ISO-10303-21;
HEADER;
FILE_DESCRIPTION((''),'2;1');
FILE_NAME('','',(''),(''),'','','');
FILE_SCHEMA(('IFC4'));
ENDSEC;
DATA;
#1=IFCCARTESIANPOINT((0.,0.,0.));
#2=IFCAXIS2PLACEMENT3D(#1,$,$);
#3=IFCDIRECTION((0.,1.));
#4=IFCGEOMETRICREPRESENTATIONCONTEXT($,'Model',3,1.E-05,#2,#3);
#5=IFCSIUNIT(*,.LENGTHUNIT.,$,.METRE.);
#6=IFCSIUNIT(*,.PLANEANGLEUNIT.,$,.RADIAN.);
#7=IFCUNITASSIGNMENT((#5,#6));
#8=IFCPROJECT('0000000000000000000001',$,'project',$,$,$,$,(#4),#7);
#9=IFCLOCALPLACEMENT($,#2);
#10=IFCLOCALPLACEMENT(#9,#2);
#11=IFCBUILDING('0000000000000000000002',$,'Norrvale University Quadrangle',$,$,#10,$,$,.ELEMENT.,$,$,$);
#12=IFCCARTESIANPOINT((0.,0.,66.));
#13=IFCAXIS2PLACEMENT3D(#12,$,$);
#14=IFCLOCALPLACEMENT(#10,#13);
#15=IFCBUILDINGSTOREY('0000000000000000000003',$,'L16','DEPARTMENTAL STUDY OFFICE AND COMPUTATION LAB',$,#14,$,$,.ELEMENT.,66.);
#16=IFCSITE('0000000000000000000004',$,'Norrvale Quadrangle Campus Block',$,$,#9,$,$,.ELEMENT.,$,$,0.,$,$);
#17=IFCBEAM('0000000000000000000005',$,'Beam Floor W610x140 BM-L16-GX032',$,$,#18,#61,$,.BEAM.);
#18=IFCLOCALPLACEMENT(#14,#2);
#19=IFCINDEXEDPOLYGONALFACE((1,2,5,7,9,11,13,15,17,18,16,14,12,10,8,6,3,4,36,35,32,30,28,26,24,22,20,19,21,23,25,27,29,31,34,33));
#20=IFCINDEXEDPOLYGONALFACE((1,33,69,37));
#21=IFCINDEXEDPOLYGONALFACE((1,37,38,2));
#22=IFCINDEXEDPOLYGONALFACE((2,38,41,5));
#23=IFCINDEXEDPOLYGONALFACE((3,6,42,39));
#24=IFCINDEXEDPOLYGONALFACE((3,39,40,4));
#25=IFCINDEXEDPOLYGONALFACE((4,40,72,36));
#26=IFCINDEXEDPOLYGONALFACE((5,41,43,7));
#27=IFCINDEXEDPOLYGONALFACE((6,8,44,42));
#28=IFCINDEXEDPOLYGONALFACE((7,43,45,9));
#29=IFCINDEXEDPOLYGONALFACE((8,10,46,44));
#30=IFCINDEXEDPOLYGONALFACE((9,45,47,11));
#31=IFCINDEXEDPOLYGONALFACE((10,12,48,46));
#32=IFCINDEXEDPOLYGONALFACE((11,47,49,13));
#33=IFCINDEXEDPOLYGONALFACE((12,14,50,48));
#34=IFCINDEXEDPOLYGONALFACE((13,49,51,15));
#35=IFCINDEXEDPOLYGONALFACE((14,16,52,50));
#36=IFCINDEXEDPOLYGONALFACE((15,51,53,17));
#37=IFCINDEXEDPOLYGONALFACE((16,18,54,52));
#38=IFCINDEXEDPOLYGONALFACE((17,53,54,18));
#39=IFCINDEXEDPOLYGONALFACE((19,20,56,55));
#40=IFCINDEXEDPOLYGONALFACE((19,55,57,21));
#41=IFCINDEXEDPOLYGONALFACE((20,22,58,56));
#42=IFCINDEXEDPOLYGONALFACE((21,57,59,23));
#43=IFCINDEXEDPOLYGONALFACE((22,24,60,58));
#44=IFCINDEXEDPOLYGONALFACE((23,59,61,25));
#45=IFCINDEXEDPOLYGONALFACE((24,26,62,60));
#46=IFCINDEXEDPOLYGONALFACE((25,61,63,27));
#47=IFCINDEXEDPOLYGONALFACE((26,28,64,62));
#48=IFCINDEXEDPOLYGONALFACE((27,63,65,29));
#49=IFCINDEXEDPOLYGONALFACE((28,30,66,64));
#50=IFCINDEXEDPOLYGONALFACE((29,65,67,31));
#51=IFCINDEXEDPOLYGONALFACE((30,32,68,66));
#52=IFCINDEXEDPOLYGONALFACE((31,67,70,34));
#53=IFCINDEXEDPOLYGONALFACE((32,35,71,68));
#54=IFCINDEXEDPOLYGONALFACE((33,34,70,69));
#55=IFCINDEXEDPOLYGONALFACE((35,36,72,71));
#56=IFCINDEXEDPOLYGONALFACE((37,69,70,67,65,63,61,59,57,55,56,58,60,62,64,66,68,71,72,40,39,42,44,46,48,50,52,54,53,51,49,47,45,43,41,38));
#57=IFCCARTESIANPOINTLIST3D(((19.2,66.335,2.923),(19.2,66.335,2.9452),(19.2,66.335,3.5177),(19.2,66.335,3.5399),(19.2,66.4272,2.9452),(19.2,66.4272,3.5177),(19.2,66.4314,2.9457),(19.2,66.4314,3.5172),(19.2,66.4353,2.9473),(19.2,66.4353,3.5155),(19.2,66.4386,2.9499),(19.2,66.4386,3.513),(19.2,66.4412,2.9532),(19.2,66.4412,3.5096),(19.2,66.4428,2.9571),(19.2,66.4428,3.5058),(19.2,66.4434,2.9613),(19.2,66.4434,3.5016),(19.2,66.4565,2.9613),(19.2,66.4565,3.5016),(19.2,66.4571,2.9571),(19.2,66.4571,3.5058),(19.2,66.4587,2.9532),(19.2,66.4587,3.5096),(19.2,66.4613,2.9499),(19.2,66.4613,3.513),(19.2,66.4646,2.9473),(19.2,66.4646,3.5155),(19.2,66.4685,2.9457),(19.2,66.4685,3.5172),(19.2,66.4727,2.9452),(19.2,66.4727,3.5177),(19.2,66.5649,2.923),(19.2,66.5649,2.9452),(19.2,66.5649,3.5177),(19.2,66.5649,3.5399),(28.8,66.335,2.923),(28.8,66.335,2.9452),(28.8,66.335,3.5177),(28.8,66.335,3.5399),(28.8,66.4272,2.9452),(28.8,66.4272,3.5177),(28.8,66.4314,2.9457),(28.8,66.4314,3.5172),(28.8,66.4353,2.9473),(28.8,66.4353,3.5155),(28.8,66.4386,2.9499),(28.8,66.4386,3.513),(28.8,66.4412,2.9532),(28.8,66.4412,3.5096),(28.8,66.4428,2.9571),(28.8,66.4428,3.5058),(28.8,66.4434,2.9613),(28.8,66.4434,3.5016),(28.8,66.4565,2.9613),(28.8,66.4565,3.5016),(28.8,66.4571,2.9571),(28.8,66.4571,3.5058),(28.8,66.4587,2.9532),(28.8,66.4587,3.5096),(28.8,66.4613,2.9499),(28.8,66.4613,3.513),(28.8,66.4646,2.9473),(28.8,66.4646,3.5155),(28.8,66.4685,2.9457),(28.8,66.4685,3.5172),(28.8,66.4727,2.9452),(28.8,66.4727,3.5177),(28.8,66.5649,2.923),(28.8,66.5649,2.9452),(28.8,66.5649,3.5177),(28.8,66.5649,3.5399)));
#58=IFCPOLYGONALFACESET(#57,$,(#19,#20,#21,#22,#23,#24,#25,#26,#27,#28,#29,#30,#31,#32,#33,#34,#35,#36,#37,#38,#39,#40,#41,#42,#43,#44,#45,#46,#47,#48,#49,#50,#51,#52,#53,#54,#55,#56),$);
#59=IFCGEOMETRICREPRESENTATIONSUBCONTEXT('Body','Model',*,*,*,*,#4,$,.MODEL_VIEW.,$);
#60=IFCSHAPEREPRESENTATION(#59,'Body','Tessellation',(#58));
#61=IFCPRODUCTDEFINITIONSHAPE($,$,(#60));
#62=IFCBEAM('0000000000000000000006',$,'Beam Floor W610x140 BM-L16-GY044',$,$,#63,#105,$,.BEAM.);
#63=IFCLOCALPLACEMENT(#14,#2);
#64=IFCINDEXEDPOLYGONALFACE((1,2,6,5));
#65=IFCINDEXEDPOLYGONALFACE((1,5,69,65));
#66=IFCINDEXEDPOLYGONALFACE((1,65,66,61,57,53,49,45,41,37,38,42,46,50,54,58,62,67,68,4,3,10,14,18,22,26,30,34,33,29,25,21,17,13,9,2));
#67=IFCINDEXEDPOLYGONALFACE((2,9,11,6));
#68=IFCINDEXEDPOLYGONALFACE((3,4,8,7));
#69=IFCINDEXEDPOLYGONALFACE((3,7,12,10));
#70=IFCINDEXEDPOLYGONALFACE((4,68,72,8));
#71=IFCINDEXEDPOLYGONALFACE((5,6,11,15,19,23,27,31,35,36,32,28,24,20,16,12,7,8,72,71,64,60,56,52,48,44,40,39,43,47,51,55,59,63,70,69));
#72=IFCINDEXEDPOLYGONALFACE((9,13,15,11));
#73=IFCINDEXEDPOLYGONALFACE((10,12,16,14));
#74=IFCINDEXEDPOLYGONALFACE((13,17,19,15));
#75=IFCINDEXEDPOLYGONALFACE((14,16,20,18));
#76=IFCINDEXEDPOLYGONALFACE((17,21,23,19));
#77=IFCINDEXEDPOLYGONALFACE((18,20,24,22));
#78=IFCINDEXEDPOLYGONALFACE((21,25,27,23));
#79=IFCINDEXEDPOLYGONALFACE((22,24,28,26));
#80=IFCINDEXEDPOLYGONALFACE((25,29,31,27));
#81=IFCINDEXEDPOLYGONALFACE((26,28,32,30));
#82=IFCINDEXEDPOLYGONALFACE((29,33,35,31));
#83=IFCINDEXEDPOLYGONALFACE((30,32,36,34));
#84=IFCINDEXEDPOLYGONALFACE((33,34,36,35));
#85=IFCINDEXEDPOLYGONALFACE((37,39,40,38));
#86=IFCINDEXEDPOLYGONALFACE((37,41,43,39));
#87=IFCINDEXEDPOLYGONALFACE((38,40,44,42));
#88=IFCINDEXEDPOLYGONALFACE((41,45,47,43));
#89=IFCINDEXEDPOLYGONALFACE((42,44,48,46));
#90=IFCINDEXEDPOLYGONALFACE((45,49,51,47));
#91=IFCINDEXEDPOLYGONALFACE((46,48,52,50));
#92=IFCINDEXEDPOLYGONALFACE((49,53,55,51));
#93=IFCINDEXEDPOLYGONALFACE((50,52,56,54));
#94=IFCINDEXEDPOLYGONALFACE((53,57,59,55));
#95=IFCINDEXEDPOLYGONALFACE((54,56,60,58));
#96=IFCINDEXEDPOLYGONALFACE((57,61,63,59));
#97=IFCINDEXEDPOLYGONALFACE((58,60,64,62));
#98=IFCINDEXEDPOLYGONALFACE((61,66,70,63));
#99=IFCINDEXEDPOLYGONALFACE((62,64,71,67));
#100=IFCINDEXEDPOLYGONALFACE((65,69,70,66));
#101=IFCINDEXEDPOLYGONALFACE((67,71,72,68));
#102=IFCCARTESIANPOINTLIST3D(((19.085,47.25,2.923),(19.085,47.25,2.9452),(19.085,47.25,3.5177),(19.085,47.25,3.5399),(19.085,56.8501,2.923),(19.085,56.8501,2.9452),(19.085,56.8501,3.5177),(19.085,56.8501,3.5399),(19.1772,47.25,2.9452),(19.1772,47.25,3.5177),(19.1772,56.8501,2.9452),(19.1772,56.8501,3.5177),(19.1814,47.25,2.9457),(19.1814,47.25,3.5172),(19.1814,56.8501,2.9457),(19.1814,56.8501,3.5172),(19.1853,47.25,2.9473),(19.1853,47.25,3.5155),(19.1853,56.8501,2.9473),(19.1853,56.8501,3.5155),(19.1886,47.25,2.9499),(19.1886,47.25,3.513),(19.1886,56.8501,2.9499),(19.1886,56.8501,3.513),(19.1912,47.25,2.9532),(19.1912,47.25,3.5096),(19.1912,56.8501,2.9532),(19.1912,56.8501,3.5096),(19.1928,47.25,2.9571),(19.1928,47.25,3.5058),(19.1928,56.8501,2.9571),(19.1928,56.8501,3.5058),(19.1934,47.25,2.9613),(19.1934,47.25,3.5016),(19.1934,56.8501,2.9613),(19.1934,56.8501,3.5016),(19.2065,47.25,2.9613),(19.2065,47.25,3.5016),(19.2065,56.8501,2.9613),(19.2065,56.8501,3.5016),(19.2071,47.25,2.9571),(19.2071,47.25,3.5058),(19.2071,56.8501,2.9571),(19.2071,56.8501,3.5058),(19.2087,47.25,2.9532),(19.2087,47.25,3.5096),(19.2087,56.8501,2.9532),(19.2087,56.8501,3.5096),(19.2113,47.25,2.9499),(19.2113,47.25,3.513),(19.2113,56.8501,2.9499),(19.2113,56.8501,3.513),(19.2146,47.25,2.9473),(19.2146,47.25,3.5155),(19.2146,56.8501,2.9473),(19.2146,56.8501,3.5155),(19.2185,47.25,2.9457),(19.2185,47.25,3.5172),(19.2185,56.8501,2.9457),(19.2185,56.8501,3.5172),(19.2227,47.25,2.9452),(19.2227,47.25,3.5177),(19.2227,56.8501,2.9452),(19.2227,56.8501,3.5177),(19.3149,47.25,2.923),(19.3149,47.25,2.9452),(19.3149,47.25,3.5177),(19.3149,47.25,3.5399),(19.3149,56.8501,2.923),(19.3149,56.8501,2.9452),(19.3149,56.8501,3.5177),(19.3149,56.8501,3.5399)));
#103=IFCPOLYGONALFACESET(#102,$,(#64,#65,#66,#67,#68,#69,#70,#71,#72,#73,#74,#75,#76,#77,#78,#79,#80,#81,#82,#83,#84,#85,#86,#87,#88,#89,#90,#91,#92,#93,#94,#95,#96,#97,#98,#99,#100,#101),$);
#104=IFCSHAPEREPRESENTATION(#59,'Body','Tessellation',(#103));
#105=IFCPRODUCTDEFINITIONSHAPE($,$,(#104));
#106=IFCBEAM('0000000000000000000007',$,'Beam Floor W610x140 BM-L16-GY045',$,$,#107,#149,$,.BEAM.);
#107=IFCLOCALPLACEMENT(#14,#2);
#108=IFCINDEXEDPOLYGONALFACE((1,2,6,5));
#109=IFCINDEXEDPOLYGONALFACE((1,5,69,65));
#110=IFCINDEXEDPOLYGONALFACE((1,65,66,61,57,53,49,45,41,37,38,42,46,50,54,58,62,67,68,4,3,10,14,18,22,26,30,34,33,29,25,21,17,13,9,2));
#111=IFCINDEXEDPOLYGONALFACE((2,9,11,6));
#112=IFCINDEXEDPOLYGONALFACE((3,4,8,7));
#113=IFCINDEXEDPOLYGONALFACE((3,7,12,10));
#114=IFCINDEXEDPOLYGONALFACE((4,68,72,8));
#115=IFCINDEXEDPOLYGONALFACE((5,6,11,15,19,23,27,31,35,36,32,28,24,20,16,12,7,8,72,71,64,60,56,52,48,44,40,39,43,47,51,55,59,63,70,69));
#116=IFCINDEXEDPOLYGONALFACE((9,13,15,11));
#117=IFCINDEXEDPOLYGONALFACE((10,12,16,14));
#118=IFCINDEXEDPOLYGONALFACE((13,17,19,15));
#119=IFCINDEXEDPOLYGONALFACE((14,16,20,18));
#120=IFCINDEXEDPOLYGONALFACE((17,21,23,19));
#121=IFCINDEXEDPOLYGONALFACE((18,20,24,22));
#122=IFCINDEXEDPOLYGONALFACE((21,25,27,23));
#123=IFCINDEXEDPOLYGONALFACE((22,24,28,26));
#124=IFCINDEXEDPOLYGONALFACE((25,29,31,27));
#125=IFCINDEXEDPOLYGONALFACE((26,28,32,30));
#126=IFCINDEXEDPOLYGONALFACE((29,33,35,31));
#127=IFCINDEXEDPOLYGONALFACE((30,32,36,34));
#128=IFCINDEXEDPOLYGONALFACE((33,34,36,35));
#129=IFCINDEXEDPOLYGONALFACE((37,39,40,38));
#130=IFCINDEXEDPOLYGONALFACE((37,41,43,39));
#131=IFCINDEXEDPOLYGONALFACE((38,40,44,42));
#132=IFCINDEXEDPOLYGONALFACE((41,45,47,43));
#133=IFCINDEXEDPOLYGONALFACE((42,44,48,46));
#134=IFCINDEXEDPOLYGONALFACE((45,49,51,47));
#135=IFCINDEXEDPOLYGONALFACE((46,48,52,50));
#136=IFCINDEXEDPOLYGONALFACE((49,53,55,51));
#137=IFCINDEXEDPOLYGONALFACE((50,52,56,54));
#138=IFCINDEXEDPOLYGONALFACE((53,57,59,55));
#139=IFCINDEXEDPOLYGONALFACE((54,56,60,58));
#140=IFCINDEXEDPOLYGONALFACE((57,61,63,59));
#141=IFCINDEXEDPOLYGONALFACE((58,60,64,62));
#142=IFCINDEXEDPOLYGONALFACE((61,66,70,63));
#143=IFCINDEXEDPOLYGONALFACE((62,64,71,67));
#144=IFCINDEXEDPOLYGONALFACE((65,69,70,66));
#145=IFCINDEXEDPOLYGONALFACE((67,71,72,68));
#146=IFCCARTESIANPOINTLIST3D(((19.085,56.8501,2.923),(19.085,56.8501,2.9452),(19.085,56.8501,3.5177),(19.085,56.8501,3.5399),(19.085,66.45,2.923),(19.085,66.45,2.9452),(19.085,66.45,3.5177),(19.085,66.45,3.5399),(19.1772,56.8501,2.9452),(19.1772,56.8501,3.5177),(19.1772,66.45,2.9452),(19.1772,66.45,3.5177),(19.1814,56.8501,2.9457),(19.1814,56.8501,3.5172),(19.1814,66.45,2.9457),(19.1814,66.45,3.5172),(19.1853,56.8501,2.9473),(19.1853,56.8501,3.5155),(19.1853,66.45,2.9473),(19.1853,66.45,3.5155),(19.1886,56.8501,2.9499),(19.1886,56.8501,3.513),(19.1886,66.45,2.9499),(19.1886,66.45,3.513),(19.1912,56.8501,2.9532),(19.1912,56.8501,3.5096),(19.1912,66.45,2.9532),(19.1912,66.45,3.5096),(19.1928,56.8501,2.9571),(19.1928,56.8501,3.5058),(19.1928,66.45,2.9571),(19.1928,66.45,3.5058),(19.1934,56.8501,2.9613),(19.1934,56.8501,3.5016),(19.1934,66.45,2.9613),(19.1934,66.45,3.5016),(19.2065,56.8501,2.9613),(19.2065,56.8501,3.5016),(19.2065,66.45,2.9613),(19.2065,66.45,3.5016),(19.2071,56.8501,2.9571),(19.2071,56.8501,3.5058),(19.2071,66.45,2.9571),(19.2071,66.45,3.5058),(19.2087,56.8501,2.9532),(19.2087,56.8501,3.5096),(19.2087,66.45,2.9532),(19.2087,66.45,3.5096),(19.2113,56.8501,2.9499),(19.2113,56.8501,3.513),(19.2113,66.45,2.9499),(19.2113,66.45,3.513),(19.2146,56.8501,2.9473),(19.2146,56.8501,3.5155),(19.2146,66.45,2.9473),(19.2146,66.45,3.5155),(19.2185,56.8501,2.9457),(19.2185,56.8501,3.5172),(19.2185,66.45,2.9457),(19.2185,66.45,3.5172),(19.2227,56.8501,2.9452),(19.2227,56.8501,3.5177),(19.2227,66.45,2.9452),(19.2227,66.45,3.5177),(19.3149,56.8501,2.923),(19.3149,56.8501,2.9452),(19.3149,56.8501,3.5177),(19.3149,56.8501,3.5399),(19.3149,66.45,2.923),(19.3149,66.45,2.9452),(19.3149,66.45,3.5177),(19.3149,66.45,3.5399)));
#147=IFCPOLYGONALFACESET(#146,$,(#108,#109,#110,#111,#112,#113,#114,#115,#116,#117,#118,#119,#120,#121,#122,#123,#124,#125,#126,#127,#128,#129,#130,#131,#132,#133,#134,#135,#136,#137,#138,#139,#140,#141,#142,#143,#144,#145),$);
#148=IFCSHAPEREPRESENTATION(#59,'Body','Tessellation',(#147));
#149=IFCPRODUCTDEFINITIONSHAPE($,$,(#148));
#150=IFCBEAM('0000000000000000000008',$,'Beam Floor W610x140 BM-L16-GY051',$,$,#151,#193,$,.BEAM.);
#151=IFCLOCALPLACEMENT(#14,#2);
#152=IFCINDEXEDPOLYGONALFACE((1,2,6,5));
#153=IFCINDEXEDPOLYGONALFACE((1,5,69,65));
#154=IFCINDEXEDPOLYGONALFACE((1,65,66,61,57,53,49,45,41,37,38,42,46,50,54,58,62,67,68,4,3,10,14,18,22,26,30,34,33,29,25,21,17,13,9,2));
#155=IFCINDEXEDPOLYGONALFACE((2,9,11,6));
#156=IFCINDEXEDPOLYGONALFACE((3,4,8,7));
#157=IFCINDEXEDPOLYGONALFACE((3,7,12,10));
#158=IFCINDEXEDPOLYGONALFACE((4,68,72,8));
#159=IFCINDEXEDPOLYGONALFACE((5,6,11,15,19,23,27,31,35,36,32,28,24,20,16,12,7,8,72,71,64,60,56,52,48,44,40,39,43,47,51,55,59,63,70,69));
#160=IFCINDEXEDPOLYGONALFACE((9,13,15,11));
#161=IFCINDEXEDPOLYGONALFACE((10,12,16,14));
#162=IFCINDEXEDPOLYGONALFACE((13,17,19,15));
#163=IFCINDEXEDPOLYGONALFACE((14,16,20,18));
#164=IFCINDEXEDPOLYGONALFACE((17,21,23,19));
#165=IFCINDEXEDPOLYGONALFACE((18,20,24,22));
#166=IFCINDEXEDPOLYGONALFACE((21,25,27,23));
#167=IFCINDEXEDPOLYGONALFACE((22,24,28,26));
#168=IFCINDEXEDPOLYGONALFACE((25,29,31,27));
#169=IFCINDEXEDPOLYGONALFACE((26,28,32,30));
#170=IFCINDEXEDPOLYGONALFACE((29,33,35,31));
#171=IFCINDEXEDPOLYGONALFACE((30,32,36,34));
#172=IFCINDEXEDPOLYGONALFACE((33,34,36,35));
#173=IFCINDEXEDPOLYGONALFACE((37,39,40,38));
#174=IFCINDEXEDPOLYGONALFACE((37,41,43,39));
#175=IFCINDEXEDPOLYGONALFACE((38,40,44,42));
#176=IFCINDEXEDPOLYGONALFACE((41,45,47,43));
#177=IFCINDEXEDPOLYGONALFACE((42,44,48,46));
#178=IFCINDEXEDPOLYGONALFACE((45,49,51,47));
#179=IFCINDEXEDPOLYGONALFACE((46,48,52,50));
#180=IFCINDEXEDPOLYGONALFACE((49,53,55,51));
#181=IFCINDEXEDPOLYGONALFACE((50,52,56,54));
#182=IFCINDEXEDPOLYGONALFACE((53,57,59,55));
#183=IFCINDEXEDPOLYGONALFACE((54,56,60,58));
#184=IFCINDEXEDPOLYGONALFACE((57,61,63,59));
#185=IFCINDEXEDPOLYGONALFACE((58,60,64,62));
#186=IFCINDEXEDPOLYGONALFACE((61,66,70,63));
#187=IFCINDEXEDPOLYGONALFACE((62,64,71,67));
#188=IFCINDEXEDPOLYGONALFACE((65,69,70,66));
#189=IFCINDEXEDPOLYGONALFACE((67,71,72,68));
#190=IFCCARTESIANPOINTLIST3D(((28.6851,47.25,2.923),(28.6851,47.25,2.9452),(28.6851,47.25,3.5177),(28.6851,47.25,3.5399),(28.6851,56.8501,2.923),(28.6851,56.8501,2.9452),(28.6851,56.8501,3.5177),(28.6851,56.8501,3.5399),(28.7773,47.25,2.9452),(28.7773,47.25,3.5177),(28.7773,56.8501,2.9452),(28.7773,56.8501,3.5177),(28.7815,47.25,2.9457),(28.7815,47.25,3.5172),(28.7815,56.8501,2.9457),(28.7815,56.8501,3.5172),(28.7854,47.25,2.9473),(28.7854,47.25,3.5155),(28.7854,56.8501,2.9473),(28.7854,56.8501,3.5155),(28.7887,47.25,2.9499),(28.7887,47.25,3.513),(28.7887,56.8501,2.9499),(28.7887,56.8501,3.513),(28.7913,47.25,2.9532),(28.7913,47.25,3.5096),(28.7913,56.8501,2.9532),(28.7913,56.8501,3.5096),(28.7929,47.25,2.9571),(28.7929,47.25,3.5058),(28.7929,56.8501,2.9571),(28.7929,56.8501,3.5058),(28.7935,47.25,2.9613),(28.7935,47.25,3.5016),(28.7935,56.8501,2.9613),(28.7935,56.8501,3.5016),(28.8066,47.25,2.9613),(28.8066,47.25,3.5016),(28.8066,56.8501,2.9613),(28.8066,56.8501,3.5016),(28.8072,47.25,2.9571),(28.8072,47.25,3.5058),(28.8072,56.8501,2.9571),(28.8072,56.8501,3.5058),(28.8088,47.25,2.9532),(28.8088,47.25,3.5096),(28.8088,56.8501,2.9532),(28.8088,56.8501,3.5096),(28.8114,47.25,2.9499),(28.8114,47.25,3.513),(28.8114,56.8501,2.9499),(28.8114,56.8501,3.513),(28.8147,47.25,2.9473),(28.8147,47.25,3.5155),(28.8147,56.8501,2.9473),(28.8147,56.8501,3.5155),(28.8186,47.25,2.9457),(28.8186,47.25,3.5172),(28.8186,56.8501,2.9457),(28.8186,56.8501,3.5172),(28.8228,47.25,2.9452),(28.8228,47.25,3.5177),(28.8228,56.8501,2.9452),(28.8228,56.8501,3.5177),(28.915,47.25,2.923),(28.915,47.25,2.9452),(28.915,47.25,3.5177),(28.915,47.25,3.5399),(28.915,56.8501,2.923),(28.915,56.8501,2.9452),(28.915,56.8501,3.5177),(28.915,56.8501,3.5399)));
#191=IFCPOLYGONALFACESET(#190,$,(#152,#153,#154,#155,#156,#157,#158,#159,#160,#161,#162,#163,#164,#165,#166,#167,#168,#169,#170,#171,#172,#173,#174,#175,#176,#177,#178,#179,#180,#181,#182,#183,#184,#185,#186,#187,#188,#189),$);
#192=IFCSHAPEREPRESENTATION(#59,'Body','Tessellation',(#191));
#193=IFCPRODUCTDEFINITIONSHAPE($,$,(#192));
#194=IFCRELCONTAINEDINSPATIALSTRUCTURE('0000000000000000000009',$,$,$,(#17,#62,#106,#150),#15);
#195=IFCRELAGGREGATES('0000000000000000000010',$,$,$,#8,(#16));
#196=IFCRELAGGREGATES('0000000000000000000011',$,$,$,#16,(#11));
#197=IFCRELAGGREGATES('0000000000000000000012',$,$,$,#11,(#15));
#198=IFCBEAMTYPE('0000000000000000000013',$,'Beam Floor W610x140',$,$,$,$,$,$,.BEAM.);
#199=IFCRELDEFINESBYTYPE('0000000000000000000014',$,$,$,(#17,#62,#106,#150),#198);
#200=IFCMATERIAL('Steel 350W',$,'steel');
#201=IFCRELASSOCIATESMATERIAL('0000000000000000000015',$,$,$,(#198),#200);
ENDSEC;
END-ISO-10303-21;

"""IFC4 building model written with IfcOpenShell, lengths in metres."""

from ifc_helpers import new_model, si_unit, direction, frame, origin, origin_2d, place, context, subcontext, project, spatial, i_section, extrude, material, material_profile, profile_set, type_object, element, save


model = new_model("IFC4")

# Units and contexts
model_context = context("Model", 3, precision=1e-05, world=origin(), true_north=direction((0.0, 1.0)))
body_context = subcontext(model_context, "Body", "Model", "MODEL_VIEW")
ifc_project = project(units=[si_unit("LENGTHUNIT", "METRE"), si_unit("PLANEANGLEUNIT", "RADIAN")], contexts=[model_context])

# Site, building, storey
site_placement = place(None, origin())
site = spatial("IfcSite", under=ifc_project, at=site_placement, Name="Norrvale Quadrangle Campus Block", CompositionType="ELEMENT", RefElevation=0.0)
building_placement = place(site_placement, origin())
building = spatial("IfcBuilding", under=site, at=building_placement, Name="Norrvale University Quadrangle", CompositionType="ELEMENT")
storey_placement = place(building_placement, frame((0.0, 0.0, 66.0)))
storey = spatial("IfcBuildingStorey", under=building, at=storey_placement, Name="L16", Description="DEPARTMENTAL STUDY OFFICE AND COMPUTATION LAB", CompositionType="ELEMENT", Elevation=66.0)

# Beams
ifc_material_1 = material(Name="Steel 350W", Category="steel")
ifc_material_profile_1 = material_profile(ifc_material_1, i_section(OverallWidth=0.23, OverallDepth=0.6169, WebThickness=0.0132, FlangeThickness=0.0222, FilletRadius=0.0161, at=origin_2d()), Name="Steel 350W")
ifc_profile_set_1 = profile_set([ifc_material_profile_1], Name="Steel 350W")
beam_type_1 = type_object("IfcBeamType", Name="Beam Floor W610x140", PredefinedType="BEAM", material=ifc_profile_set_1)
for number, where, z_axis, x_axis, name in (
    (1, (19.2, 66.45, 3.2314), (1.0, 0.0, 0.0), (0.0, 1.0, 0.0), "Beam Floor W610x140 BM-L16-GX032"),
    (2, (19.2, 47.25, 3.2314), (0.0, 1.0, 0.0), (-1.0, 0.0, 0.0), "Beam Floor W610x140 BM-L16-GY044"),
):
    element("IfcBeam", number, at=place(storey_placement, frame(where, z_axis=z_axis, x_axis=x_axis)), inside=storey, type_object=beam_type_1, Name=name, PredefinedType="BEAM", context=body_context, shape_type="SweptSolid", body=[
        extrude(i_section(OverallWidth=0.23, OverallDepth=0.6169, WebThickness=0.0132, FlangeThickness=0.0222, FilletRadius=0.0161, at=origin_2d()), origin(), (0.0, 0.0, 1.0), 9.6001),
    ])
beam_1_placement = place(storey_placement, frame((19.2, 56.8501, 3.2314), z_axis=(0.0, 1.0, 0.0), x_axis=(-1.0, 0.0, 0.0)))
element("IfcBeam", 3, at=beam_1_placement, inside=storey, type_object=beam_type_1, Name="Beam Floor W610x140 BM-L16-GY045", PredefinedType="BEAM", context=body_context, shape_type="SweptSolid", body=[
    extrude(i_section(OverallWidth=0.23, OverallDepth=0.6169, WebThickness=0.0132, FlangeThickness=0.0222, FilletRadius=0.0161, at=origin_2d()), origin(), (0.0, 0.0, 1.0), 9.5999),
])
beam_2_placement = place(storey_placement, frame((28.8, 47.25, 3.2314), z_axis=(0.0, 1.0, 0.0), x_axis=(-1.0, 0.0, 0.0)))
element("IfcBeam", 4, at=beam_2_placement, inside=storey, type_object=beam_type_1, Name="Beam Floor W610x140 BM-L16-GY051", PredefinedType="BEAM", context=body_context, shape_type="SweptSolid", body=[
    extrude(i_section(OverallWidth=0.23, OverallDepth=0.6169, WebThickness=0.0132, FlangeThickness=0.0222, FilletRadius=0.0161, at=origin_2d()), origin(), (0.0, 0.0, 1.0), 9.6001),
])

save(model, "model.ifc")
